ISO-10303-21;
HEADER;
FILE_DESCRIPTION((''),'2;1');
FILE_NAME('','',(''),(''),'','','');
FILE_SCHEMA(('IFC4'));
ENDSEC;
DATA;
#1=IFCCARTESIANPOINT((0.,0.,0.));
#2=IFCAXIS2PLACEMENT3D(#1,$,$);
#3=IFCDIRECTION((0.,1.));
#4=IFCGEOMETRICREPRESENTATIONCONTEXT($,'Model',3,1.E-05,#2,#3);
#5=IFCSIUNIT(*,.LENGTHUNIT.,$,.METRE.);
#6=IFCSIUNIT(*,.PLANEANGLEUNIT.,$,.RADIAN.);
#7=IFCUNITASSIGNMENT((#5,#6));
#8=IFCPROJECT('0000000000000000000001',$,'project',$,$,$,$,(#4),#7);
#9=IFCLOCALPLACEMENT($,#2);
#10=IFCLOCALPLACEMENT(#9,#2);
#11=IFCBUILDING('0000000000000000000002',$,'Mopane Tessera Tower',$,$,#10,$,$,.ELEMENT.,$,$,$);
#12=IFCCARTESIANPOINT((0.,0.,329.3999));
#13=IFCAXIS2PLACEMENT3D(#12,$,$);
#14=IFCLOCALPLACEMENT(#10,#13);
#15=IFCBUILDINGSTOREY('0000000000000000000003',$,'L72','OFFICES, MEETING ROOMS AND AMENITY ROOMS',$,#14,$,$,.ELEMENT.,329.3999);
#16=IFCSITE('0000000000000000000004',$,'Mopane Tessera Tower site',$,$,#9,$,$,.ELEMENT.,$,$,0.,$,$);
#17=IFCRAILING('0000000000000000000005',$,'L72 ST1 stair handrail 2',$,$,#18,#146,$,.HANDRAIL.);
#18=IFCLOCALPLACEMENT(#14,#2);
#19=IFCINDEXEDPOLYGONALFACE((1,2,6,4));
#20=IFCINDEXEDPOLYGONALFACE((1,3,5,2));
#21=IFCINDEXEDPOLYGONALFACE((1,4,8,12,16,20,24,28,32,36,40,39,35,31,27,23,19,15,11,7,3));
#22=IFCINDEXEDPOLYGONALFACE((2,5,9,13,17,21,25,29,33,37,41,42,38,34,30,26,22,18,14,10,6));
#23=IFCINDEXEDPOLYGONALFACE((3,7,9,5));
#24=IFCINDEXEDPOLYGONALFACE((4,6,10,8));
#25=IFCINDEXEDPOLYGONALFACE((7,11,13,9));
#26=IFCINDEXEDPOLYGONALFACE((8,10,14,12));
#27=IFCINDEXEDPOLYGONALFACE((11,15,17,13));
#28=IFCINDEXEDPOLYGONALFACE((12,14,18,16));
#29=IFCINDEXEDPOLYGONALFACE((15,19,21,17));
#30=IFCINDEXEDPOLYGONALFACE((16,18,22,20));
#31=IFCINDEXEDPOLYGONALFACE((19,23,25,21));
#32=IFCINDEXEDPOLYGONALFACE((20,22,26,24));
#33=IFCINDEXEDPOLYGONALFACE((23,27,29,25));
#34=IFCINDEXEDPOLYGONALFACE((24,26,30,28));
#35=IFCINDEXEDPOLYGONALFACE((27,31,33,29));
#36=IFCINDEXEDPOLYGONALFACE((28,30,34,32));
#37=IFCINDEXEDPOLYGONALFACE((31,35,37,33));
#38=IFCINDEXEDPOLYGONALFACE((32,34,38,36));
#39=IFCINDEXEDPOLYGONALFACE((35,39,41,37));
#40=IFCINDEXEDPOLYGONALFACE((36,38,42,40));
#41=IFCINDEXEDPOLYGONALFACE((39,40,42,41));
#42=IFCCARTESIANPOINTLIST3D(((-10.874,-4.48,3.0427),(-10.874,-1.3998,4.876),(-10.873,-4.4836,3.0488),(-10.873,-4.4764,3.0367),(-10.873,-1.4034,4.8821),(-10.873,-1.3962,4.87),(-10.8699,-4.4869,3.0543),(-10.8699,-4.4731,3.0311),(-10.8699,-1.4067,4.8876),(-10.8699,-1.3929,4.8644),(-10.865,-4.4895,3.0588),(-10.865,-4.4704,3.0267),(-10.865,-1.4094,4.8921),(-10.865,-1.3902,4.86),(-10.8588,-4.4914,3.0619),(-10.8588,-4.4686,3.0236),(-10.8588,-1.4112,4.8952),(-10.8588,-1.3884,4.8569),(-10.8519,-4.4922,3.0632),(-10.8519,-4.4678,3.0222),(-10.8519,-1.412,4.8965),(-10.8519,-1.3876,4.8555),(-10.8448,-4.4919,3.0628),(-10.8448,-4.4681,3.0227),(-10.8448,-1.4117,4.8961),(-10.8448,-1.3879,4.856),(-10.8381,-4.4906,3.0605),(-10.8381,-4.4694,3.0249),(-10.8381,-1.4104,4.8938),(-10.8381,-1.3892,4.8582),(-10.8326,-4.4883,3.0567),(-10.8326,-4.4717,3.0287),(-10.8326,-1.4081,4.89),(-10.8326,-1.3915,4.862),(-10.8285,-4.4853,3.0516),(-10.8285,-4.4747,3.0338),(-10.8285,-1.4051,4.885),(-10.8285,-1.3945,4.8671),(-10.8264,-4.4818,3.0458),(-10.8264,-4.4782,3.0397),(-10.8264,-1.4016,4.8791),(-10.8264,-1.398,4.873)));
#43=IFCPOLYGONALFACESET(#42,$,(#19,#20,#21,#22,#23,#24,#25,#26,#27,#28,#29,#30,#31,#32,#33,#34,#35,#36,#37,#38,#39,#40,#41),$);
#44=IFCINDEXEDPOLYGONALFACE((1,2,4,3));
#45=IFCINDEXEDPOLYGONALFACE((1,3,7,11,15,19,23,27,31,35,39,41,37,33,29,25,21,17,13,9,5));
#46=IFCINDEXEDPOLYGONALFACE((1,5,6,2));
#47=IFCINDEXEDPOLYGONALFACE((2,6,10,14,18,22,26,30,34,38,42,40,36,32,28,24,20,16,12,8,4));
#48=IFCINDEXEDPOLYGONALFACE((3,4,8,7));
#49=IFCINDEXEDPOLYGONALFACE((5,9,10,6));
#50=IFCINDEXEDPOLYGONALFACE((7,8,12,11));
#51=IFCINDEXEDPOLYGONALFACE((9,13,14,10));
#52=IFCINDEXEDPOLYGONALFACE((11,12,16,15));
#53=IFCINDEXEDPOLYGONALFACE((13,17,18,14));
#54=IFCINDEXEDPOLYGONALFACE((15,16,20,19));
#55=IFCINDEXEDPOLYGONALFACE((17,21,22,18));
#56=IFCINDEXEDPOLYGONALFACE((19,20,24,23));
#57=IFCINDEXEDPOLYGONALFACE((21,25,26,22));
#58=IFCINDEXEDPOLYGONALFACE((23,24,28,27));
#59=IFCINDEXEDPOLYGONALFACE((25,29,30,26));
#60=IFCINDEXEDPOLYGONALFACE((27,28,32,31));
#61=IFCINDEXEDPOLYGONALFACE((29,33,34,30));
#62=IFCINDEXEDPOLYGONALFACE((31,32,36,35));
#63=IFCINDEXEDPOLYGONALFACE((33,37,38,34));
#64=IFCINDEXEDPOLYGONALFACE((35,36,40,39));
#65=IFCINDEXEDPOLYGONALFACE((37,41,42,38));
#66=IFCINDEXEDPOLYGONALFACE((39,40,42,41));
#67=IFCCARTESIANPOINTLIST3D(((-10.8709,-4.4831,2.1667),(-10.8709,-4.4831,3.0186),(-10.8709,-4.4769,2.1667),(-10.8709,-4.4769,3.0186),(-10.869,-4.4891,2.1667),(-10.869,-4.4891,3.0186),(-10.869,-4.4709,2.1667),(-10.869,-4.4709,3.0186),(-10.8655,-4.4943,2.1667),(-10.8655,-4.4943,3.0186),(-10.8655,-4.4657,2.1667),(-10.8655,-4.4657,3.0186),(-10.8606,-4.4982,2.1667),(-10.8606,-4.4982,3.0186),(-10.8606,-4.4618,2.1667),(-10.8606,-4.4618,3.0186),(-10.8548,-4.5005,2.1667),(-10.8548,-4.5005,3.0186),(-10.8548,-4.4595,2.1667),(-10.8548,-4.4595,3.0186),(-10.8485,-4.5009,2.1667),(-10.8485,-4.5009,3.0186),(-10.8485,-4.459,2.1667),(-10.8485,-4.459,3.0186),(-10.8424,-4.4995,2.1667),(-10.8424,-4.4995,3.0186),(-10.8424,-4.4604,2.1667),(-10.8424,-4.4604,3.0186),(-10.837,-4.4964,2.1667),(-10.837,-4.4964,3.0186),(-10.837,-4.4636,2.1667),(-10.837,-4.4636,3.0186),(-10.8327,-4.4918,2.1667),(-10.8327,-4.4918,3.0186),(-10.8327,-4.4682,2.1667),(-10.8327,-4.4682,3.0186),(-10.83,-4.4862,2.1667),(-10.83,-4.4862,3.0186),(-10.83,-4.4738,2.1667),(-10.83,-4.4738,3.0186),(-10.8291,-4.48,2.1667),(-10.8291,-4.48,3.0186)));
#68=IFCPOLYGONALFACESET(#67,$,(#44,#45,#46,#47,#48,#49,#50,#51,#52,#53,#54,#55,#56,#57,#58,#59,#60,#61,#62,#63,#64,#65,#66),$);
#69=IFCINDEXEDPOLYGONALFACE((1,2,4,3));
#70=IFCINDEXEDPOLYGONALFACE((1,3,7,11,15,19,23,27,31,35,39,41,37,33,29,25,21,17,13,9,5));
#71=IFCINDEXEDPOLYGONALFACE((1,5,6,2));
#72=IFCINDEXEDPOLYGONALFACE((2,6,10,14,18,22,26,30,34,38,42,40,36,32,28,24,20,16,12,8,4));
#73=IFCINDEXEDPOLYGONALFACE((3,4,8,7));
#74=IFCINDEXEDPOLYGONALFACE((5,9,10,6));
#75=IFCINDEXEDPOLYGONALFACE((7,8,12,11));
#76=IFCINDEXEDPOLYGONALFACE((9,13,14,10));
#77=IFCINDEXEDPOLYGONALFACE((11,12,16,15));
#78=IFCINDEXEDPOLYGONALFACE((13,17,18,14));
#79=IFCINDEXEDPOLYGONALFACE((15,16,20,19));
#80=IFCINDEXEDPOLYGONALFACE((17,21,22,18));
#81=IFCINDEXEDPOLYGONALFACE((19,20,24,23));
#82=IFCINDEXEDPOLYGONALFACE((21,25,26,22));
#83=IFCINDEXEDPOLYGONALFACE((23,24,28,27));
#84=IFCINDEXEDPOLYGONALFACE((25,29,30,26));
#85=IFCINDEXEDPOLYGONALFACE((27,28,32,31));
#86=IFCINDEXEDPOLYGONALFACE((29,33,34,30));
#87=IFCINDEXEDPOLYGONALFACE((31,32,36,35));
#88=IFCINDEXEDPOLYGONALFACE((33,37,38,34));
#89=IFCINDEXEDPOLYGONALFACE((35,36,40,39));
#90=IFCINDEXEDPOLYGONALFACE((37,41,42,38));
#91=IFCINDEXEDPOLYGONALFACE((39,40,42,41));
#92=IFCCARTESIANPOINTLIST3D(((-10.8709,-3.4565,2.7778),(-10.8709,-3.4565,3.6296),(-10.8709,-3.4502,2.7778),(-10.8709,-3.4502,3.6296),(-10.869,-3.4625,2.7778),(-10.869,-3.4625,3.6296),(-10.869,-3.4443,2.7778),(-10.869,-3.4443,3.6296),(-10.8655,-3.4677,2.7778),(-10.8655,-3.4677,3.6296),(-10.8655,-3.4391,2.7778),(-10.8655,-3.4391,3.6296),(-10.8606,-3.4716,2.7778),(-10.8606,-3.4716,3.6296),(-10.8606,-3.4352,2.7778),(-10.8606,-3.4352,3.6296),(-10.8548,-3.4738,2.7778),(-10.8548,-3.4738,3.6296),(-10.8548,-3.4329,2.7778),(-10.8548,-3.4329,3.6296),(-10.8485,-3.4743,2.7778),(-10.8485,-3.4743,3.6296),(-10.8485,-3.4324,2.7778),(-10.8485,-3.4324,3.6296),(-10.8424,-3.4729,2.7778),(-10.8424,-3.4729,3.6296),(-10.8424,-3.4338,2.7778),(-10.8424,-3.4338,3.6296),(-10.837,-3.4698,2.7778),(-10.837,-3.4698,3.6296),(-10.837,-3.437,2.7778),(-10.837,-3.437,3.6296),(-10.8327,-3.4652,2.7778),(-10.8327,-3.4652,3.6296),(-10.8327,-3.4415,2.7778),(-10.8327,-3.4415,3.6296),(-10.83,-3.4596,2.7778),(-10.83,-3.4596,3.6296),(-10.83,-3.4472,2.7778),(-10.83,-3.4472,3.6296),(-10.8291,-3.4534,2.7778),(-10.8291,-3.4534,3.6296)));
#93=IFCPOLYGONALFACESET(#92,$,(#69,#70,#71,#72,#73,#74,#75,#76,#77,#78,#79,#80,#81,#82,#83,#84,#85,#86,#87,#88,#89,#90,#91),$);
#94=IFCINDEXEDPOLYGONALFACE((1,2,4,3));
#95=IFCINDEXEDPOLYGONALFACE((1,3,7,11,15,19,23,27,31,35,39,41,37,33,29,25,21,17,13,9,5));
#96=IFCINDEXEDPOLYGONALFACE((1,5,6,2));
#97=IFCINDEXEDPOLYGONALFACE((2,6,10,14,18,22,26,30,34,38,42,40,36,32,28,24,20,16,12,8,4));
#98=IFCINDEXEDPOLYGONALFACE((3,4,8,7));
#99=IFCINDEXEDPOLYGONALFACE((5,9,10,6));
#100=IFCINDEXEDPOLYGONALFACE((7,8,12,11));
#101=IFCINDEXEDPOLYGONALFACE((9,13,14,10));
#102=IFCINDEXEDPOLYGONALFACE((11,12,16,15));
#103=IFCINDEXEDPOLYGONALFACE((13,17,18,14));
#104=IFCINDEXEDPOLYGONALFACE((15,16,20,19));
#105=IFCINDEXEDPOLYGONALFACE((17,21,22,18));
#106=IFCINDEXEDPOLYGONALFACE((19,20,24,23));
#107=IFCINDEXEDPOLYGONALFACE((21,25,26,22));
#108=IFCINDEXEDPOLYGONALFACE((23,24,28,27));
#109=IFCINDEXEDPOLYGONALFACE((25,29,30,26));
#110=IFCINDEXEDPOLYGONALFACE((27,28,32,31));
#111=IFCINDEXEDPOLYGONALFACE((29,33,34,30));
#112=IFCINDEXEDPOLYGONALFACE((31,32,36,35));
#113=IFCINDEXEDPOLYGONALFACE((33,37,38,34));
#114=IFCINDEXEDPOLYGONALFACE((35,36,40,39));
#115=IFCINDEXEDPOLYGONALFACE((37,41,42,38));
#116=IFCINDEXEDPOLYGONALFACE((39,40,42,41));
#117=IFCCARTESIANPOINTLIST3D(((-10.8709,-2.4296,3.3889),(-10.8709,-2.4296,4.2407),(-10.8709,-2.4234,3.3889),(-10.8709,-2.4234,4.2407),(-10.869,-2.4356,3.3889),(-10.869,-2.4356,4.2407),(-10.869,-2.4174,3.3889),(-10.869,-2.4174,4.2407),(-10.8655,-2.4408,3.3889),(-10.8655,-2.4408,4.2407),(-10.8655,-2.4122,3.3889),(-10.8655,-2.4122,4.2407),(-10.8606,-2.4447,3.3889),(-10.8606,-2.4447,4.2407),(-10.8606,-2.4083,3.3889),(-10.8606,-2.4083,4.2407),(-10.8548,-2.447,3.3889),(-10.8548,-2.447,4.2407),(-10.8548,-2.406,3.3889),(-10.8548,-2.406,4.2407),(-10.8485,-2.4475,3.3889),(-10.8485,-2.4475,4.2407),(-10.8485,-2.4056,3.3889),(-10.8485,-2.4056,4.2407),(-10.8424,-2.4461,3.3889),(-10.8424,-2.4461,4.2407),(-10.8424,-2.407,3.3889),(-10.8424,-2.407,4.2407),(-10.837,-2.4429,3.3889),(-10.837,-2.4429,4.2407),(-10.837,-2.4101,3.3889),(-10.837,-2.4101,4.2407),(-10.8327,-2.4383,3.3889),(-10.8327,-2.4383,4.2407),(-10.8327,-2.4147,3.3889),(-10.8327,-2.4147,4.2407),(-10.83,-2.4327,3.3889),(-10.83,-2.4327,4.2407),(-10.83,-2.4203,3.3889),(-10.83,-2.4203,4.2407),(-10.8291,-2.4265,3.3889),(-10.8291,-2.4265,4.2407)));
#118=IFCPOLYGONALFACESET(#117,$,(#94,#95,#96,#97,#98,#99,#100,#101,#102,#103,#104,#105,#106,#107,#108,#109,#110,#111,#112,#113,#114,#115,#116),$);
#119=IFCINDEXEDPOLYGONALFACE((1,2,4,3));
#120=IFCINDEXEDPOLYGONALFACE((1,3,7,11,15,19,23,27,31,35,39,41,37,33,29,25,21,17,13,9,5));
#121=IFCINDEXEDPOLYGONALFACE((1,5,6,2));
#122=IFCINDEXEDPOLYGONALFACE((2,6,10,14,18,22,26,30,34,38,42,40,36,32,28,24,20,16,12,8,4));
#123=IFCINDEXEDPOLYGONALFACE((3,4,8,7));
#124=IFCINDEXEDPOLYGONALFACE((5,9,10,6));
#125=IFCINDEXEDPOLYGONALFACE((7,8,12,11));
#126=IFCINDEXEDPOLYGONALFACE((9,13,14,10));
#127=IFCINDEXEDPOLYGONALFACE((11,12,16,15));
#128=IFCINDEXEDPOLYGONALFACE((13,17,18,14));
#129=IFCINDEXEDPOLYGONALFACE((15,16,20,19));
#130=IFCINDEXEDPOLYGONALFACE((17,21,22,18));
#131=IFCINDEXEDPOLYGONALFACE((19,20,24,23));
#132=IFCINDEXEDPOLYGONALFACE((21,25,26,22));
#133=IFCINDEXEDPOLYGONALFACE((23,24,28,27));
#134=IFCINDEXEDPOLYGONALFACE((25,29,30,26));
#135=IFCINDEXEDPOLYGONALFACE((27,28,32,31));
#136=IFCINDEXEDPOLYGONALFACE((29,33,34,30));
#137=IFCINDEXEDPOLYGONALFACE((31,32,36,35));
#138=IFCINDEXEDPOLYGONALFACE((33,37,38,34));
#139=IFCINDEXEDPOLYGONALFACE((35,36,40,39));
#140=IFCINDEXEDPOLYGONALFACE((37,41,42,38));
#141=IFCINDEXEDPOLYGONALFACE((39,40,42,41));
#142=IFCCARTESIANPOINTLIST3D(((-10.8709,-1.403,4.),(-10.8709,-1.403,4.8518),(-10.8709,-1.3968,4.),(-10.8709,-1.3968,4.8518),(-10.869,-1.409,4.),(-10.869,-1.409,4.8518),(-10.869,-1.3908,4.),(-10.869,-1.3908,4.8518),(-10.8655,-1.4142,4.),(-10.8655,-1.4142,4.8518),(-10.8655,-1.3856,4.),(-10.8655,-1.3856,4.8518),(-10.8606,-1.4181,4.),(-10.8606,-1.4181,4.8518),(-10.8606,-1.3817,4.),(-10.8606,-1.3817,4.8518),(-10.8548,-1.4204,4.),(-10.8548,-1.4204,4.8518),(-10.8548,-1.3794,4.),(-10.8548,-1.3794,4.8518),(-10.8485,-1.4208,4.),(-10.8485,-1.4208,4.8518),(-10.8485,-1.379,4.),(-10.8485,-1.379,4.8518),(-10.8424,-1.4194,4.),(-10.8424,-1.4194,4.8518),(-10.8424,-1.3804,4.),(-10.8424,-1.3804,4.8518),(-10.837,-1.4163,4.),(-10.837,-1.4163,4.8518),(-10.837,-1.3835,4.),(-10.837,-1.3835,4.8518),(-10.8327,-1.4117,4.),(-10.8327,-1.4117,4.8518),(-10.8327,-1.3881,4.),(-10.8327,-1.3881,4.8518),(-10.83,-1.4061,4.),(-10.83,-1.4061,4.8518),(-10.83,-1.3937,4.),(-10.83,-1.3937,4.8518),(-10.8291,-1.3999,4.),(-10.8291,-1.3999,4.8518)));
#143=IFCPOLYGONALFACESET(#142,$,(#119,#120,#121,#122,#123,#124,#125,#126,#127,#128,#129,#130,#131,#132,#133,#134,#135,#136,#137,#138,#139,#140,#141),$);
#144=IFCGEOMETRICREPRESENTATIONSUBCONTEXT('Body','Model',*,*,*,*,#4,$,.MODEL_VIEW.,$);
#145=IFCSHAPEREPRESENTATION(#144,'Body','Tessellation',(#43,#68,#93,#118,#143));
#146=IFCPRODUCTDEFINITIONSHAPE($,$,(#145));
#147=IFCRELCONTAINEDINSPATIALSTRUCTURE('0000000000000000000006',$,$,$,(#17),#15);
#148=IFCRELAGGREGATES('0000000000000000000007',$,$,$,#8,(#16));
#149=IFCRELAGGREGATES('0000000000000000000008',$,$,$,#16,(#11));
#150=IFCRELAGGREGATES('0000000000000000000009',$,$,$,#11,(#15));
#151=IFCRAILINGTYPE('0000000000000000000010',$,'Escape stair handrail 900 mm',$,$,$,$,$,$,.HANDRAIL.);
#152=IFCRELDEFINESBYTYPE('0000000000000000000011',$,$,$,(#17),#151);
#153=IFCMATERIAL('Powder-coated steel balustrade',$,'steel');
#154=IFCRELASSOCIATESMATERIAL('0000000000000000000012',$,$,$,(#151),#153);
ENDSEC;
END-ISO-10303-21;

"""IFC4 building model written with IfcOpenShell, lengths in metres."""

from ifc_helpers import new_model, si_unit, direction, frame, origin, origin_2d, place, context, subcontext, project, spatial, circle, extrude, material, type_object, element, save


model = new_model("IFC4")

# Units and contexts
model_context = context("Model", 3, precision=1e-05, world=origin(), true_north=direction((0.0, 1.0)))
body_context = subcontext(model_context, "Body", "Model", "MODEL_VIEW")
ifc_project = project(units=[si_unit("LENGTHUNIT", "METRE"), si_unit("PLANEANGLEUNIT", "RADIAN")], contexts=[model_context])

# Site, building, storey
site_placement = place(None, origin())
site = spatial("IfcSite", under=ifc_project, at=site_placement, Name="Mopane Tessera Tower site", CompositionType="ELEMENT", RefElevation=0.0)
building_placement = place(site_placement, origin())
building = spatial("IfcBuilding", under=site, at=building_placement, Name="Mopane Tessera Tower", CompositionType="ELEMENT")
storey_placement = place(building_placement, frame((0.0, 0.0, 329.3999)))
storey = spatial("IfcBuildingStorey", under=building, at=storey_placement, Name="L72", Description="OFFICES, MEETING ROOMS AND AMENITY ROOMS", CompositionType="ELEMENT", Elevation=329.3999)

# Railing
ifc_material_1 = material(Name="Powder-coated steel balustrade", Category="steel")
railing_type_1 = type_object("IfcRailingType", Name="Escape stair handrail 900 mm", PredefinedType="HANDRAIL", material=ifc_material_1)
railing_1_placement = place(storey_placement, frame((-10.8501, -4.48, 2.1667)))
element("IfcRailing", 1, at=railing_1_placement, inside=storey, type_object=railing_type_1, Name="L72 ST1 stair handrail 2", PredefinedType="HANDRAIL", context=body_context, shape_type="SweptSolid", body=[
    extrude(circle(Radius=0.0239, at=origin_2d()), frame((0.0, 0.0, 0.876), z_axis=(0.0, 0.859309, 0.511458), x_axis=(-1.0, 0.0, 0.0)), (0.0, 0.0, 1.0), 3.5845),
    extrude(circle(Radius=0.021, at=origin_2d()), origin(), (0.0, 0.0, 1.0), 0.8518),
    extrude(circle(Radius=0.021, at=origin_2d()), frame((0.0, 1.0266, 0.6111)), (0.0, 0.0, 1.0), 0.8518),
    extrude(circle(Radius=0.021, at=origin_2d()), frame((0.0, 2.0535, 1.2222)), (0.0, 0.0, 1.0), 0.8518),
    extrude(circle(Radius=0.021, at=origin_2d()), frame((0.0, 3.0801, 1.8333)), (0.0, 0.0, 1.0), 0.8518),
])

save(model, "model.ifc")
